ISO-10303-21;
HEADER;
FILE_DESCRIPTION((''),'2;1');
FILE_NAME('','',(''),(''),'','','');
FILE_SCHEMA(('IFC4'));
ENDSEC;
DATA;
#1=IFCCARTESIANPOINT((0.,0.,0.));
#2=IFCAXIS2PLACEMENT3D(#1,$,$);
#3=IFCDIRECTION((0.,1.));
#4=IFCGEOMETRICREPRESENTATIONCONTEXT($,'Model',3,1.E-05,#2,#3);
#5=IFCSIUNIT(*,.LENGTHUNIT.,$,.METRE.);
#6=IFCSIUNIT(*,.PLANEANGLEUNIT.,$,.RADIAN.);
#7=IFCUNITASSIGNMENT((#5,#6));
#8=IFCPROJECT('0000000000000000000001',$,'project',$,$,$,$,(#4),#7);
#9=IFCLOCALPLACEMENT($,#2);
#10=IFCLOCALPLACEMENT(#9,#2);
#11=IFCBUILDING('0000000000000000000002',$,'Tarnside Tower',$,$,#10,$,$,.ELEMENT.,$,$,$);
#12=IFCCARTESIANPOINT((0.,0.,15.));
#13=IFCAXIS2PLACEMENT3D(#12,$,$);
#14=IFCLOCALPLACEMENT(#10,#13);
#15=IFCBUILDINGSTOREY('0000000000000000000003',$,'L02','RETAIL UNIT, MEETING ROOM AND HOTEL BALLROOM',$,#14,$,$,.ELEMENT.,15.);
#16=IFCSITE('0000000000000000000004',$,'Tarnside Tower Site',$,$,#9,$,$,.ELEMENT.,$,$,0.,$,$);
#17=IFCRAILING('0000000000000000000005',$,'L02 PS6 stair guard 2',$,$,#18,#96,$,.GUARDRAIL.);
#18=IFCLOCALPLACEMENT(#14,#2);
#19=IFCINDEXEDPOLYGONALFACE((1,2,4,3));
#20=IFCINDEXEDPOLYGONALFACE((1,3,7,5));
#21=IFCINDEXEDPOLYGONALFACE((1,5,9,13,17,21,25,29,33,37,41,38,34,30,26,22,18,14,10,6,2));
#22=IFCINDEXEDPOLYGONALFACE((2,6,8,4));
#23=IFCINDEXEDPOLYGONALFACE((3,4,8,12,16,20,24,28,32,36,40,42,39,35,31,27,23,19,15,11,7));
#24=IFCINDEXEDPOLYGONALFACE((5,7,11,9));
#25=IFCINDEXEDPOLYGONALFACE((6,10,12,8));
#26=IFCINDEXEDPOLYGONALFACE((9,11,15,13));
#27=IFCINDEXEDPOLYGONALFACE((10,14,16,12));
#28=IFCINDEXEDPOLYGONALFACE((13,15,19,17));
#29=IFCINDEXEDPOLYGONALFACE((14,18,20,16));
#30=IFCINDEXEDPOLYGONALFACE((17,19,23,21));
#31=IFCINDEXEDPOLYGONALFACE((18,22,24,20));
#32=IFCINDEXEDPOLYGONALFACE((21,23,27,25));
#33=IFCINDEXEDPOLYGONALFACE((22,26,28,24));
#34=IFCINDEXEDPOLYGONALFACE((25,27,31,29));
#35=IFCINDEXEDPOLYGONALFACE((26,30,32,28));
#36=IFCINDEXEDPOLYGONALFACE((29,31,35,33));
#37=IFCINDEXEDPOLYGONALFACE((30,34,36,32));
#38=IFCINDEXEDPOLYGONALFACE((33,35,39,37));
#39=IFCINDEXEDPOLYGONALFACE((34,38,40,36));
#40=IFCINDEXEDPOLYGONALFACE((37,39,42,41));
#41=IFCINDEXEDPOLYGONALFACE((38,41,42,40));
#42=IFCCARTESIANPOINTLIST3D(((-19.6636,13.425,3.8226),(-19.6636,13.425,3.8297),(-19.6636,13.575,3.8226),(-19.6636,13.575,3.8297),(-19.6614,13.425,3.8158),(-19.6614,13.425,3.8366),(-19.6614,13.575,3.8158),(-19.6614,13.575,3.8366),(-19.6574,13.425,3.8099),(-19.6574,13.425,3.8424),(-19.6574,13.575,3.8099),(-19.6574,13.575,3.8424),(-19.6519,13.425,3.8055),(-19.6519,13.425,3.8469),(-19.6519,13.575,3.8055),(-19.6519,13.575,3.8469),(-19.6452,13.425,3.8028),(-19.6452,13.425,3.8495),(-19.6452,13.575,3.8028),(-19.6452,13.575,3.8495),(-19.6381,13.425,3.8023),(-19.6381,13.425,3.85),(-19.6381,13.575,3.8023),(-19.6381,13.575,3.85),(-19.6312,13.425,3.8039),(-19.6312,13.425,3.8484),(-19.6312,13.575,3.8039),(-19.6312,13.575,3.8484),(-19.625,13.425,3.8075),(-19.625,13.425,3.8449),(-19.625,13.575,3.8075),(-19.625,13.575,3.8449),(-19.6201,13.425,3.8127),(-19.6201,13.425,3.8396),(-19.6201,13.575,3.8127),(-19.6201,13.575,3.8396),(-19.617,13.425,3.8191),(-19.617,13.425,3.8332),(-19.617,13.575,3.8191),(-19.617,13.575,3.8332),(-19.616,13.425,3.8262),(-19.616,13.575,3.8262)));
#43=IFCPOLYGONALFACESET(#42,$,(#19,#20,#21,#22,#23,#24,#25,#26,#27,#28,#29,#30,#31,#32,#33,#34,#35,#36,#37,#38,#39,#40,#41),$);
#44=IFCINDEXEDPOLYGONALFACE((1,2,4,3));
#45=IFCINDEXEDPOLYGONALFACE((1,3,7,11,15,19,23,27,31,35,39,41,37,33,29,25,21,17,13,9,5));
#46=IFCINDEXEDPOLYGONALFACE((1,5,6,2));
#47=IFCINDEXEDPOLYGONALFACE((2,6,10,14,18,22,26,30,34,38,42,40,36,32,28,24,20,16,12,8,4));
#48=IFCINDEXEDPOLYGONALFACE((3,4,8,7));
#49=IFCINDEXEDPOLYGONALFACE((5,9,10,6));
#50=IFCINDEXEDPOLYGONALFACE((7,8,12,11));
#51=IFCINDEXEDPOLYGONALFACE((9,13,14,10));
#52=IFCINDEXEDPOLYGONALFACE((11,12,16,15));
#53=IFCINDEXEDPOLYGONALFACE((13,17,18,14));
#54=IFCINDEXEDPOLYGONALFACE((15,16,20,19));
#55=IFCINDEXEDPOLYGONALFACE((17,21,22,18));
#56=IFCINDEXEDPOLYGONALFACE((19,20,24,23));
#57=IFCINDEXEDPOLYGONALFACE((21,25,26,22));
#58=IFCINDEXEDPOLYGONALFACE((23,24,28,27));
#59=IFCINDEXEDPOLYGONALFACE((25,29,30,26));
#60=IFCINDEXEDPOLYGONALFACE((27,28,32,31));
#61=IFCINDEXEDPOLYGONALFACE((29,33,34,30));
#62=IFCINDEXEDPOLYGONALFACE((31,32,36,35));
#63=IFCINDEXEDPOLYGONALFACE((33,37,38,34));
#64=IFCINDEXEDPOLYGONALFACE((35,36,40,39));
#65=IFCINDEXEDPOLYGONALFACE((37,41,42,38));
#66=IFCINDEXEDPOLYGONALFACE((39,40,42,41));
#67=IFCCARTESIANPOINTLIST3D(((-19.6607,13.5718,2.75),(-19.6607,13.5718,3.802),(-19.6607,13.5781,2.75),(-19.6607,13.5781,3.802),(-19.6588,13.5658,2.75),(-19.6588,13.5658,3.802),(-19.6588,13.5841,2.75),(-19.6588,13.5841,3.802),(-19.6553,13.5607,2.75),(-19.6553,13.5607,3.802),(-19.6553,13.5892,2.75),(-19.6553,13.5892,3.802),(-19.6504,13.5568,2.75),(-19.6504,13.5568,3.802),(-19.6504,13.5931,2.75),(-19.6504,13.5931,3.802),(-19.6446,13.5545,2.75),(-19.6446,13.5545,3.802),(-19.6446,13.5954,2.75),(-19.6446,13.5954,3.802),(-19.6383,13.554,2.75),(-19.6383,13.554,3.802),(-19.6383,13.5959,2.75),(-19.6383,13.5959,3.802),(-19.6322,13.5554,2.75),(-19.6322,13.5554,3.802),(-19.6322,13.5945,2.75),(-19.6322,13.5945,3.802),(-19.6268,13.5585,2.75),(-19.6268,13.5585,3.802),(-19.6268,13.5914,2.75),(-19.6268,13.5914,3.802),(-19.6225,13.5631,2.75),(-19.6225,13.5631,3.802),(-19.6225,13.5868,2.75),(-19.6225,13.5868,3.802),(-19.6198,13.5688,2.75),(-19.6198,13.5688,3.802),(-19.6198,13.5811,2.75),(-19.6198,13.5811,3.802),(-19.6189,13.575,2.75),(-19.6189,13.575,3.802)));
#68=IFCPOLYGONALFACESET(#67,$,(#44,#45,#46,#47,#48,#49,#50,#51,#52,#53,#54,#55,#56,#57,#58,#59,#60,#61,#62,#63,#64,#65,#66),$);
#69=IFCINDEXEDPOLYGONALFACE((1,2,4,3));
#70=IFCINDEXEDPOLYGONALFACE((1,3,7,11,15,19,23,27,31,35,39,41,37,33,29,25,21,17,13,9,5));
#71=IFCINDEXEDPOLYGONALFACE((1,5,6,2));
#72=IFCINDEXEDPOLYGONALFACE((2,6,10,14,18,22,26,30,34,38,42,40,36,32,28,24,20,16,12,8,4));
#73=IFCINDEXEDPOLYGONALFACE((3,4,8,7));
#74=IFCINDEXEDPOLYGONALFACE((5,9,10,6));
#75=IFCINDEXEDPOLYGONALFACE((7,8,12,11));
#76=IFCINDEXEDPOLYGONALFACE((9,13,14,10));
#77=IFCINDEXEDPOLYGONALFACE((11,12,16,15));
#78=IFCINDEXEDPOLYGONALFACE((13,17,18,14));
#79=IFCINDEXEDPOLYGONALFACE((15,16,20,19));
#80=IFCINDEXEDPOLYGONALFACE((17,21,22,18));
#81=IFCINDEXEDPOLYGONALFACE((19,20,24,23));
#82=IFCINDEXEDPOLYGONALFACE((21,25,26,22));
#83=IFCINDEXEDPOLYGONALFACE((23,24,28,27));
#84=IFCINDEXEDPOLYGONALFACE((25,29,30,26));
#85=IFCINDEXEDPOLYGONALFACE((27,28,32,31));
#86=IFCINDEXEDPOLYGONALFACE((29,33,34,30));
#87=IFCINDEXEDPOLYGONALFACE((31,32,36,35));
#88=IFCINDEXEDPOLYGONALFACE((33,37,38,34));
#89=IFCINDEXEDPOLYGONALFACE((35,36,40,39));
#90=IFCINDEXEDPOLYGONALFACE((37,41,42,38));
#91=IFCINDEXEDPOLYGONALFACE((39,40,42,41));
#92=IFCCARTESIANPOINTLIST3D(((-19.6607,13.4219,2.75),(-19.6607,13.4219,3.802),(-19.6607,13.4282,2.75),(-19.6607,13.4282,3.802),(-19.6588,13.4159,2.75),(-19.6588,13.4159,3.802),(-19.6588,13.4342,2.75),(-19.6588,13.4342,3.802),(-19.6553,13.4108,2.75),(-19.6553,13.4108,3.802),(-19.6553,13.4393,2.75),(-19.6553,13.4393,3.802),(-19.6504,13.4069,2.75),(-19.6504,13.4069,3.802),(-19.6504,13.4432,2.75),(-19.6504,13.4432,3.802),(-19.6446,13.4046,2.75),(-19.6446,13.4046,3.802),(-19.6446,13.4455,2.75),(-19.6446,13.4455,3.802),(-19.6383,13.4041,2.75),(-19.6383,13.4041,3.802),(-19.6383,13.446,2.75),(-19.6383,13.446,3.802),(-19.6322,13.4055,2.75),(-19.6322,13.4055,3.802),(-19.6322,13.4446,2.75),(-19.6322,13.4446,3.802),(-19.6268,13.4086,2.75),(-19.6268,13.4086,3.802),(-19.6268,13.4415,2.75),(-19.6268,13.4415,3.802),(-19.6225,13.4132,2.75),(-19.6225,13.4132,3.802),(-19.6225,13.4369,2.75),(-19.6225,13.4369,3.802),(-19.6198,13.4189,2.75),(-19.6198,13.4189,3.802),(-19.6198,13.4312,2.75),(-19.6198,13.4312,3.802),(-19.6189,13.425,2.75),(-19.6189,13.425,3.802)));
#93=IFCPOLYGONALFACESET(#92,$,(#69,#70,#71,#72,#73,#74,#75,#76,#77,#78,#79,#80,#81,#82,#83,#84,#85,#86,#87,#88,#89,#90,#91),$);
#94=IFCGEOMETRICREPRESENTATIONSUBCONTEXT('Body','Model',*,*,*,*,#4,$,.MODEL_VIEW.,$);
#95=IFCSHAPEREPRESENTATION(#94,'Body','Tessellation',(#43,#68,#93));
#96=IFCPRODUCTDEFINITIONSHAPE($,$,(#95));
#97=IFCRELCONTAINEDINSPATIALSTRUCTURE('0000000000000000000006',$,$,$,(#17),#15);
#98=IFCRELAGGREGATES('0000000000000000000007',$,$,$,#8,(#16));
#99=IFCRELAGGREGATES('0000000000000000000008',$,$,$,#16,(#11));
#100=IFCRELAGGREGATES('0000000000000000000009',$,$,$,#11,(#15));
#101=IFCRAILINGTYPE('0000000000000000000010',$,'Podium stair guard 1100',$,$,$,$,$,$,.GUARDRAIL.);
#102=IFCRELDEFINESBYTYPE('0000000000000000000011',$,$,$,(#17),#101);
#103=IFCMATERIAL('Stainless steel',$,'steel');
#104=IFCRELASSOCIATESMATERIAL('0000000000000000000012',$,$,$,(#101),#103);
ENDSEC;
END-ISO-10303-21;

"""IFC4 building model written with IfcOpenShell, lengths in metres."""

from ifc_helpers import new_model, si_unit, direction, frame, origin, origin_2d, place, context, subcontext, project, spatial, circle, extrude, material, type_object, element, save


model = new_model("IFC4")

# Units and contexts
model_context = context("Model", 3, precision=1e-05, world=origin(), true_north=direction((0.0, 1.0)))
body_context = subcontext(model_context, "Body", "Model", "MODEL_VIEW")
ifc_project = project(units=[si_unit("LENGTHUNIT", "METRE"), si_unit("PLANEANGLEUNIT", "RADIAN")], contexts=[model_context])

# Site, building, storey
site_placement = place(None, origin())
site = spatial("IfcSite", under=ifc_project, at=site_placement, Name="Tarnside Tower Site", CompositionType="ELEMENT", RefElevation=0.0)
building_placement = place(site_placement, origin())
building = spatial("IfcBuilding", under=site, at=building_placement, Name="Tarnside Tower", CompositionType="ELEMENT")
storey_placement = place(building_placement, frame((0.0, 0.0, 15.0)))
storey = spatial("IfcBuildingStorey", under=building, at=storey_placement, Name="L02", Description="RETAIL UNIT, MEETING ROOM AND HOTEL BALLROOM", CompositionType="ELEMENT", Elevation=15.0)

# Railing
ifc_material_1 = material(Name="Stainless steel", Category="steel")
railing_type_1 = type_object("IfcRailingType", Name="Podium stair guard 1100", PredefinedType="GUARDRAIL", material=ifc_material_1)
railing_1_placement = place(storey_placement, frame((-19.6399, 13.575, 2.75)))
element("IfcRailing", 1, at=railing_1_placement, inside=storey, type_object=railing_type_1, Name="L02 PS6 stair guard 2", PredefinedType="GUARDRAIL", context=body_context, shape_type="SweptSolid", body=[
    extrude(circle(Radius=0.0239, at=origin_2d()), frame((0.0, 0.0, 1.0762), z_axis=(0.0, -1.0, 0.0), x_axis=(1.0, 0.0, 0.0)), (0.0, 0.0, 1.0), 0.1499),
    extrude(circle(Radius=0.021, at=origin_2d()), origin(), (0.0, 0.0, 1.0), 1.052),
    extrude(circle(Radius=0.021, at=origin_2d()), frame((0.0, -0.1499, 0.0)), (0.0, 0.0, 1.0), 1.052),
])

save(model, "model.ifc")
